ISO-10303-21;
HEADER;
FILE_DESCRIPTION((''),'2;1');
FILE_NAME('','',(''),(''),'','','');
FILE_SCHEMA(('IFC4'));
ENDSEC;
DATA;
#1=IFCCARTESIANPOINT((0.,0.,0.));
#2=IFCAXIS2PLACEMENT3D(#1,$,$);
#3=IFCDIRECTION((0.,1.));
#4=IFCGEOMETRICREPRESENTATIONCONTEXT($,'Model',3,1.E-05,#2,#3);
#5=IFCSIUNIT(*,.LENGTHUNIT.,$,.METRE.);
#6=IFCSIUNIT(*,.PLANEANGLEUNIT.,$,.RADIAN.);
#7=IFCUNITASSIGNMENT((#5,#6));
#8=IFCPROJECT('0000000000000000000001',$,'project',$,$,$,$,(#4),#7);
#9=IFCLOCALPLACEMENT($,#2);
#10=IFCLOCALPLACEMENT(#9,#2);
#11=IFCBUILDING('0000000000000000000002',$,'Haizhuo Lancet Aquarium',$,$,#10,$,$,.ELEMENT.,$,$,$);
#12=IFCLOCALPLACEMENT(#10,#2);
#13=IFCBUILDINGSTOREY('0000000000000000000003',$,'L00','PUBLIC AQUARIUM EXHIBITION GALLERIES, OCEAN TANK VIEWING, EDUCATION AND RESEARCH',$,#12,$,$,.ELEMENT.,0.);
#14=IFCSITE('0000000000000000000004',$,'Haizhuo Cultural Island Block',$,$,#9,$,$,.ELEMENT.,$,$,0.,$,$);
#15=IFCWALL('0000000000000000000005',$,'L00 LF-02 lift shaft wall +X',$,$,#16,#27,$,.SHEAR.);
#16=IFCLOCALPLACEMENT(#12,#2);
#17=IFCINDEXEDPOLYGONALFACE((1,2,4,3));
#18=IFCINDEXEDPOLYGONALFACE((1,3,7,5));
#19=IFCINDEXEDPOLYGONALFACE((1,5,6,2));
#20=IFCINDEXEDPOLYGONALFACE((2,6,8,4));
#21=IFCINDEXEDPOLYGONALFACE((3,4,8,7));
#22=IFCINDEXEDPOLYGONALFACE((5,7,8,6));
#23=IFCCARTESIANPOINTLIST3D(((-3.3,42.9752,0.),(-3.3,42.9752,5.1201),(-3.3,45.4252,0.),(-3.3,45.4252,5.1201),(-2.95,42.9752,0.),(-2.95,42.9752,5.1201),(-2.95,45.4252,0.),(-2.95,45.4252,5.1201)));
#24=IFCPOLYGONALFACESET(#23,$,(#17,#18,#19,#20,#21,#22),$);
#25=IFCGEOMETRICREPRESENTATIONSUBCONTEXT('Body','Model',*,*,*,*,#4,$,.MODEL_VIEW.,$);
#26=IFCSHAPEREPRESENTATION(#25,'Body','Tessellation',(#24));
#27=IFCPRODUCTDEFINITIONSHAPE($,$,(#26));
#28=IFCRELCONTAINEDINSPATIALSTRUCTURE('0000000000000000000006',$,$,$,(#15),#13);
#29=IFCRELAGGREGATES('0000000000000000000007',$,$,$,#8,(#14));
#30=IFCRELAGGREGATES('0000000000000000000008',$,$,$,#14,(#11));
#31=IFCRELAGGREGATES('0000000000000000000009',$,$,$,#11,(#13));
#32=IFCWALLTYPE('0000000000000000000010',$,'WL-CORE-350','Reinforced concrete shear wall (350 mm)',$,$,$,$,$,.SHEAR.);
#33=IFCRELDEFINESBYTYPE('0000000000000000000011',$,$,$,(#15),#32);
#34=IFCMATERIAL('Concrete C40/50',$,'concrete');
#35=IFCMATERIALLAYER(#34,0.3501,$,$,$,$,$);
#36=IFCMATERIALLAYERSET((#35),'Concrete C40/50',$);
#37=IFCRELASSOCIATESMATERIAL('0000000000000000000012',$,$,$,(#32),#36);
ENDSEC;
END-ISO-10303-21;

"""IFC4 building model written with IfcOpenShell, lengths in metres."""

from ifc_helpers import new_model, si_unit, direction, frame, frame_2d, origin, place, context, subcontext, project, spatial, rectangle, extrude, material, layer, layer_set, type_object, element, save


model = new_model("IFC4")

# Units and contexts
model_context = context("Model", 3, precision=1e-05, world=origin(), true_north=direction((0.0, 1.0)))
body_context = subcontext(model_context, "Body", "Model", "MODEL_VIEW")
ifc_project = project(units=[si_unit("LENGTHUNIT", "METRE"), si_unit("PLANEANGLEUNIT", "RADIAN")], contexts=[model_context])

# Site, building, storey
site_placement = place(None, origin())
site = spatial("IfcSite", under=ifc_project, at=site_placement, Name="Haizhuo Cultural Island Block", CompositionType="ELEMENT", RefElevation=0.0)
building_placement = place(site_placement, origin())
building = spatial("IfcBuilding", under=site, at=building_placement, Name="Haizhuo Lancet Aquarium", CompositionType="ELEMENT")
storey_placement = place(building_placement, origin())
storey = spatial("IfcBuildingStorey", under=building, at=storey_placement, Name="L00", Description="PUBLIC AQUARIUM EXHIBITION GALLERIES, OCEAN TANK VIEWING, EDUCATION AND RESEARCH", CompositionType="ELEMENT", Elevation=0.0)

# Shared definitions
ifc_material_1 = material(Name="Concrete C40/50", Category="concrete")

# Wall
ifc_layer_1 = layer(ifc_material_1, 0.3501)
ifc_layer_set_1 = layer_set([ifc_layer_1], Name="Concrete C40/50")
wall_type_1 = type_object("IfcWallType", Name="WL-CORE-350", Description="Reinforced concrete shear wall (350 mm)", PredefinedType="SHEAR", material=ifc_layer_set_1)
for number, where, z_axis, x_axis, name in (
    (1, (-3.125, 42.9751, 0.0), (0.0, 0.0, 1.0), (0.0, 1.0, 0.0), "L00 LF-02 lift shaft wall +X"),
):
    element("IfcWall", number, at=place(storey_placement, frame(where, z_axis=z_axis, x_axis=x_axis)), inside=storey, type_object=wall_type_1, Name=name, PredefinedType="SHEAR", context=body_context, shape_type="SweptSolid", body=[
        extrude(rectangle(XDim=2.45, YDim=0.3501, at=frame_2d((1.2251, 0.0))), origin(), (0.0, 0.0, 1.0), 5.1201),
    ])

save(model, "model.ifc")
